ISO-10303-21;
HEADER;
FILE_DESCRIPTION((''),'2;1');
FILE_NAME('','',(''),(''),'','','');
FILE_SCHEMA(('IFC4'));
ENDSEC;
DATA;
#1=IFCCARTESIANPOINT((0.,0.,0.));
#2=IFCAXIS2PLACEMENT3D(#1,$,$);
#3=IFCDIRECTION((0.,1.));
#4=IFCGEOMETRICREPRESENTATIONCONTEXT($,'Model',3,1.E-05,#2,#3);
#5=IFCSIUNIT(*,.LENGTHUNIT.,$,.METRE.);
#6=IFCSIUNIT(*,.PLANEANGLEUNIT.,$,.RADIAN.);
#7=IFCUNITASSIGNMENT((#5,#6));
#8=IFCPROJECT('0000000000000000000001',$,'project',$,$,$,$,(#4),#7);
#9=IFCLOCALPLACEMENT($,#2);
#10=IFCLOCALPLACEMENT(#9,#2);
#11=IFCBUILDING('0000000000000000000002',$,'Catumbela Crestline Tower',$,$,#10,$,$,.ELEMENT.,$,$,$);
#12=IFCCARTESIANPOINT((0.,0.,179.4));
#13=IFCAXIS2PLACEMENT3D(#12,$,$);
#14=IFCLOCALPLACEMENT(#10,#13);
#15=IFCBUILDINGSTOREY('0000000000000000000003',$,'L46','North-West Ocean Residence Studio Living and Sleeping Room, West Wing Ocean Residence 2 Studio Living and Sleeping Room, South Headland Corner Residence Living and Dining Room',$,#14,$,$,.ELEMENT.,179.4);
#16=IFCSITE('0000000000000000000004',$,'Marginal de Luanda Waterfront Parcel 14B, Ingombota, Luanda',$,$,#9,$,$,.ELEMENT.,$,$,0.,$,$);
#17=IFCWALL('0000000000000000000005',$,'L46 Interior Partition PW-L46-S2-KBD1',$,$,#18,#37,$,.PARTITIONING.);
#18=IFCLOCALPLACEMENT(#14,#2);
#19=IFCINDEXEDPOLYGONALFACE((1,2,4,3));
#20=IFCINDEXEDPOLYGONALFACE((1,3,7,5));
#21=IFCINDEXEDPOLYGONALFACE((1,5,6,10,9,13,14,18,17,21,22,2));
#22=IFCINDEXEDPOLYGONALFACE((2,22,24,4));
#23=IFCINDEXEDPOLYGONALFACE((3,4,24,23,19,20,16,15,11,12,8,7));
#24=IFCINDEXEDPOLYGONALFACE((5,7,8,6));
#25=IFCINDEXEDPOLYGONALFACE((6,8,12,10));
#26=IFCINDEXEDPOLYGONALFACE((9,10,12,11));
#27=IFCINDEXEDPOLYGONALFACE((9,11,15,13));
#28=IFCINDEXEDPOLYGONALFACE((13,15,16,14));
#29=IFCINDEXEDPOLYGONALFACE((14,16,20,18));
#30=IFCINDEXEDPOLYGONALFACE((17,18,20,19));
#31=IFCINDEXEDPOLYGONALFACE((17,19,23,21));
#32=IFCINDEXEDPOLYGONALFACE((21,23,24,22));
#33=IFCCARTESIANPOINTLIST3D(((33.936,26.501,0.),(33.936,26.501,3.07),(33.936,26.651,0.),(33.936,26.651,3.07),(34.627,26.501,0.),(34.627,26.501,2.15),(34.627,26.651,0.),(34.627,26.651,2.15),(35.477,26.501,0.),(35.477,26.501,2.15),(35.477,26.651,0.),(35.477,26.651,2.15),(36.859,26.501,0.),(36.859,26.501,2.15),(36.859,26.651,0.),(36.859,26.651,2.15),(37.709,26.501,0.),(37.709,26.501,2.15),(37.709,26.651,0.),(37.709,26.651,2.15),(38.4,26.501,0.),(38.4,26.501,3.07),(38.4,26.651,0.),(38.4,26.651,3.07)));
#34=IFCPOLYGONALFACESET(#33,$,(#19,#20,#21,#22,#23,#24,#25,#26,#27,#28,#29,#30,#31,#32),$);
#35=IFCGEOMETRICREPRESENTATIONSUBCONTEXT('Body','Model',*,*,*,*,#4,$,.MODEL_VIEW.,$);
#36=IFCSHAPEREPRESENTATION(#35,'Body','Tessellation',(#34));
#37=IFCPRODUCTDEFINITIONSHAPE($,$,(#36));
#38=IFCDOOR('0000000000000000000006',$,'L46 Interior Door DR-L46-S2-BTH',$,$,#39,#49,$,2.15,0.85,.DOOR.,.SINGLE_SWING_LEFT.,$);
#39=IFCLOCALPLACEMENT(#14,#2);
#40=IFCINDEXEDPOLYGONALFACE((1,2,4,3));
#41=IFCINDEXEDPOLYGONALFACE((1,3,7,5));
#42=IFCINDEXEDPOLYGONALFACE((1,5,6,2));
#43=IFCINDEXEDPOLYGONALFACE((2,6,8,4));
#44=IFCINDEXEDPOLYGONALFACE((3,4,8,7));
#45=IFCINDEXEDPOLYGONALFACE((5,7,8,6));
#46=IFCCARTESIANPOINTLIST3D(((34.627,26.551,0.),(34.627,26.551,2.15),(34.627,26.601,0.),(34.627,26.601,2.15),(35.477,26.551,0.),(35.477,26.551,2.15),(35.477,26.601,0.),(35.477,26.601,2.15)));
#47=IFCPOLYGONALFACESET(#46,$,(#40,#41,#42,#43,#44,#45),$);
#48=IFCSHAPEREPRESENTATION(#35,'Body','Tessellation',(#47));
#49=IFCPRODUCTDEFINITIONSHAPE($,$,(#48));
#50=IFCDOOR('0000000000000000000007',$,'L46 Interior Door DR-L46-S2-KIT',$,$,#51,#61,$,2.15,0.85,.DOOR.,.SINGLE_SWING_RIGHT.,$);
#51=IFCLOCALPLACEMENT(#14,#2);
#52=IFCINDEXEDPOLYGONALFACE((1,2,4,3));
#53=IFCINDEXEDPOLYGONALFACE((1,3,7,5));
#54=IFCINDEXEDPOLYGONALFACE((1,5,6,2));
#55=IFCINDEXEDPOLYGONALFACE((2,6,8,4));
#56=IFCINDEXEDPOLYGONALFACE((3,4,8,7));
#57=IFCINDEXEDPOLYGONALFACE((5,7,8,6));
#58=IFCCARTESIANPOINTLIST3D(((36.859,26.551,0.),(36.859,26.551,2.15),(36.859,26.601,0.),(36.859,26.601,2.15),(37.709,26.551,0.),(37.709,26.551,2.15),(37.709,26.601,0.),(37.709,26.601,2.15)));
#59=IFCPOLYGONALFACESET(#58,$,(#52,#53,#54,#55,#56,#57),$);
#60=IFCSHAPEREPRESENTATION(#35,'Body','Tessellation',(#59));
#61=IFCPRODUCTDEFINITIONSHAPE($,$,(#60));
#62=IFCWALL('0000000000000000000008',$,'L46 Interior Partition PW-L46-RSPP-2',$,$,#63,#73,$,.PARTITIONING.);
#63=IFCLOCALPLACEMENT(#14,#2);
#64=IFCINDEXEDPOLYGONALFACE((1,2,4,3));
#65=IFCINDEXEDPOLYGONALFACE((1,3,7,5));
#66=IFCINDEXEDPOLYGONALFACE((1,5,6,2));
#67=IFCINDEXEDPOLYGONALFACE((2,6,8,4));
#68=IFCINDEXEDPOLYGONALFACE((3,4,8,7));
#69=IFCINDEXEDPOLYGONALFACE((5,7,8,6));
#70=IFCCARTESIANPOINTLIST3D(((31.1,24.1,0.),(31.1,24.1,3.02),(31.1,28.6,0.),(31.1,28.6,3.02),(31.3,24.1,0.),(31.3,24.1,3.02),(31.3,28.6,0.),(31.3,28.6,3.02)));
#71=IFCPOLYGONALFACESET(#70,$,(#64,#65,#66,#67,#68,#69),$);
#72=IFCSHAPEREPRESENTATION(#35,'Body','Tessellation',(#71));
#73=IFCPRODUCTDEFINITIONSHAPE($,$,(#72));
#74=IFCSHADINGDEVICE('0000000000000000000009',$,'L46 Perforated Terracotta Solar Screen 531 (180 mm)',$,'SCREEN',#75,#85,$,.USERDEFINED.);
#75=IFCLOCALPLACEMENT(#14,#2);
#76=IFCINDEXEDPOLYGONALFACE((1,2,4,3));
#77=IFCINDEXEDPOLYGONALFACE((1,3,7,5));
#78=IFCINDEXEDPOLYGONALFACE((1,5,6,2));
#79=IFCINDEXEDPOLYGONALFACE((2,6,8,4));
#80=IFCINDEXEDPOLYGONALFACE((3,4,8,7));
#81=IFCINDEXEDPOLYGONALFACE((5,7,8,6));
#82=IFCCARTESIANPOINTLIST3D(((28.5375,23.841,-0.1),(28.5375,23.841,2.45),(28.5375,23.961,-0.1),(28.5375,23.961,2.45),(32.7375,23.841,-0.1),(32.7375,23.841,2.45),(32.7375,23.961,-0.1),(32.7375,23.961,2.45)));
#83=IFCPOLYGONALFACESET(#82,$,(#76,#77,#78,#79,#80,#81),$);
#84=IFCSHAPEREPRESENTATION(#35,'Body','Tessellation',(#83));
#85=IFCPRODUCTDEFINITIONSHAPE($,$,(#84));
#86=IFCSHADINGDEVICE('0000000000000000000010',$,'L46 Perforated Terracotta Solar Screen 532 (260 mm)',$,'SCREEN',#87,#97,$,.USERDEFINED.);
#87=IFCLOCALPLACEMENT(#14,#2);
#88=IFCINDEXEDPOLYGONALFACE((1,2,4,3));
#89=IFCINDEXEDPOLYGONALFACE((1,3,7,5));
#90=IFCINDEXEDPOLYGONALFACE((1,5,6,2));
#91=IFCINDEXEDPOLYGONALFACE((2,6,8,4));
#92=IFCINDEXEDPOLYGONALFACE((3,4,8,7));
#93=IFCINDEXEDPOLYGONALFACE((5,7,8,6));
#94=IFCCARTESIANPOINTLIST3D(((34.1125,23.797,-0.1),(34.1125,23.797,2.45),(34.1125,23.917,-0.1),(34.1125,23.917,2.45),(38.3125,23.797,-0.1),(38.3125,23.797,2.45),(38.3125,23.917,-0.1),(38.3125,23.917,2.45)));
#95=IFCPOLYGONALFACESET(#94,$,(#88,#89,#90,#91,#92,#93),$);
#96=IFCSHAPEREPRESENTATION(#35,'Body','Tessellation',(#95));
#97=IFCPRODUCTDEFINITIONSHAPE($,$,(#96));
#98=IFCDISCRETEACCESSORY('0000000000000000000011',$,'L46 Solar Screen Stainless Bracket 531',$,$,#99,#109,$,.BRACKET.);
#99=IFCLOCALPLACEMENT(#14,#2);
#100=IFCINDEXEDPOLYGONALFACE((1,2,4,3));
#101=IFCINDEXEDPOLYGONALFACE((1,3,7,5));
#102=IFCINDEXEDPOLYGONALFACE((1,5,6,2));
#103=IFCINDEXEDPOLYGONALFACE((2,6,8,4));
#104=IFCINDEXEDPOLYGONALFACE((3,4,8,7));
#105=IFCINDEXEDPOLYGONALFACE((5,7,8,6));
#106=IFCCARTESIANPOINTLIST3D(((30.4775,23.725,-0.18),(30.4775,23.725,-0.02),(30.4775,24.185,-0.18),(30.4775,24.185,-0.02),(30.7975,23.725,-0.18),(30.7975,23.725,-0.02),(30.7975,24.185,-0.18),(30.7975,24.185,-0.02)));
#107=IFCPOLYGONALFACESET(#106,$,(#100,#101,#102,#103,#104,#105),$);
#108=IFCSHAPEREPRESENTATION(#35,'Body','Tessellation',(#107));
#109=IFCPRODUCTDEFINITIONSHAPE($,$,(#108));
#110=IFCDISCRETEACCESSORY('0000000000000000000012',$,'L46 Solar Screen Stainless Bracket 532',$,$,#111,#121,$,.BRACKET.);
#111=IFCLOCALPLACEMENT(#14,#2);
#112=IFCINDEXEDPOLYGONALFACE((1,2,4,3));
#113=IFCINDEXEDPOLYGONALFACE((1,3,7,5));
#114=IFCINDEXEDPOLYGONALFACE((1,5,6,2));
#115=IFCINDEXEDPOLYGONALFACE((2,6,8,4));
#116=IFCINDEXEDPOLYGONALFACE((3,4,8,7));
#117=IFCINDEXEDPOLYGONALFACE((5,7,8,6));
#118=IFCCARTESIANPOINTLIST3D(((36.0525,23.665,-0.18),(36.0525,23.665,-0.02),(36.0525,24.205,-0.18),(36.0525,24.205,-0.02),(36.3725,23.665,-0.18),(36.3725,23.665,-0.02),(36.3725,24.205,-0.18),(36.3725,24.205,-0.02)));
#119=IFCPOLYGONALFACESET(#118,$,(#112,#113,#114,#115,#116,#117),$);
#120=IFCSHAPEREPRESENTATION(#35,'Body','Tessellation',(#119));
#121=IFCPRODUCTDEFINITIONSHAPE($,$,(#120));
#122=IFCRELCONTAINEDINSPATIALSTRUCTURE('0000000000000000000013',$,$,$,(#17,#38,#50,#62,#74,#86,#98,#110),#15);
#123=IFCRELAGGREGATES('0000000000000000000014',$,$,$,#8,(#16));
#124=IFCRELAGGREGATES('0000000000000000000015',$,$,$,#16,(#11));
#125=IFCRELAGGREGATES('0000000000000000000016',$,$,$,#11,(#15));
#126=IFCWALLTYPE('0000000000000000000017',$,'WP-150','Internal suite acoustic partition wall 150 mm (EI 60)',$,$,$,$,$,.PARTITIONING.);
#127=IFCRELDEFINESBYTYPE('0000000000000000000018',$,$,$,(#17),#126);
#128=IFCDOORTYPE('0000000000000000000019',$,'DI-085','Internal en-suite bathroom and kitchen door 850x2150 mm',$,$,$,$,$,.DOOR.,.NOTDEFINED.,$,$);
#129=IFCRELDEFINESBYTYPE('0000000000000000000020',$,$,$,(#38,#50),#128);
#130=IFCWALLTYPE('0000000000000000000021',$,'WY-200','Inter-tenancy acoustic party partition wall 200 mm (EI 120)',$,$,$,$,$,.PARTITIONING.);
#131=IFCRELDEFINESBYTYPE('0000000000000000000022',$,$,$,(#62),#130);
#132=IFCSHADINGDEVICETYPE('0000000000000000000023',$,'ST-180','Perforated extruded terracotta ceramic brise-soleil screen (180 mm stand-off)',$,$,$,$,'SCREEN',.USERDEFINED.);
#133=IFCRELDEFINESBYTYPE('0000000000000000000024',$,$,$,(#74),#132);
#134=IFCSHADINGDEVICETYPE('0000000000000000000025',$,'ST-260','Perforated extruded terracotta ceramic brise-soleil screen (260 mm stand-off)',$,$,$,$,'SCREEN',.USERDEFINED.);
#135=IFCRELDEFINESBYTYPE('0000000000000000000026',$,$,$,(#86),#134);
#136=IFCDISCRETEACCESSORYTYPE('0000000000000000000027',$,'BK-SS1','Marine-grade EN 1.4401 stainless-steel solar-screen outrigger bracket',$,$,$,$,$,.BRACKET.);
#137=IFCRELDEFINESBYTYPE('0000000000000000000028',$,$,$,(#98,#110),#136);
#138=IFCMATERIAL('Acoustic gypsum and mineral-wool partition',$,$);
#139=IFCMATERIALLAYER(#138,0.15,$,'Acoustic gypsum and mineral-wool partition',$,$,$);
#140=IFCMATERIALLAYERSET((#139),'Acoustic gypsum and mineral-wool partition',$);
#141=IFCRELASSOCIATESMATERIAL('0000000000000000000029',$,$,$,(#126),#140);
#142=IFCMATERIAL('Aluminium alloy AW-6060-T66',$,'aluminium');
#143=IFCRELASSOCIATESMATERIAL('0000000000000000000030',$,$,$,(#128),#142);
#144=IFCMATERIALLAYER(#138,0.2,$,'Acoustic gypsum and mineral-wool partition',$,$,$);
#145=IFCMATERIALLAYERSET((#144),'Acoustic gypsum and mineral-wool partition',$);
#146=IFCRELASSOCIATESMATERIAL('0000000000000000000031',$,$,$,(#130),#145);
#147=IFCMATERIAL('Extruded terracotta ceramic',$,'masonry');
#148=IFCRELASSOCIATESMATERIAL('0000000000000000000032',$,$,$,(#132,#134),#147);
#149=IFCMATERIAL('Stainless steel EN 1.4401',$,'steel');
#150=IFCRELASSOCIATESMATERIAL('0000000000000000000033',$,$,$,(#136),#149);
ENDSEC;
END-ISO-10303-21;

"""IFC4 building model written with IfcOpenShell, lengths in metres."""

from ifc_helpers import new_model, si_unit, direction, frame, frame_2d, origin, origin_2d, place, context, subcontext, project, spatial, rectangle, extrude, material, layer, layer_set, type_object, element, fill, save


model = new_model("IFC4")

# Units and contexts
model_context = context("Model", 3, precision=1e-05, world=origin(), true_north=direction((0.0, 1.0)))
body_context = subcontext(model_context, "Body", "Model", "MODEL_VIEW")
ifc_project = project(units=[si_unit("LENGTHUNIT", "METRE"), si_unit("PLANEANGLEUNIT", "RADIAN")], contexts=[model_context])

# Site, building, storey
site_placement = place(None, origin())
site = spatial("IfcSite", under=ifc_project, at=site_placement, Name="Marginal de Luanda Waterfront Parcel 14B, Ingombota, Luanda", CompositionType="ELEMENT", RefElevation=0.0)
building_placement = place(site_placement, origin())
building = spatial("IfcBuilding", under=site, at=building_placement, Name="Catumbela Crestline Tower", CompositionType="ELEMENT")
storey_placement = place(building_placement, frame((0.0, 0.0, 179.4)))
storey = spatial("IfcBuildingStorey", under=building, at=storey_placement, Name="L46", Description="North-West Ocean Residence Studio Living and Sleeping Room, West Wing Ocean Residence 2 Studio Living and Sleeping Room, South Headland Corner Residence Living and Dining Room", CompositionType="ELEMENT", Elevation=179.4)

# Shared definitions
ifc_material_1 = material(Name="Aluminium alloy AW-6060-T66", Category="aluminium")

# Shared definitions
ifc_material_2 = material(Name="Acoustic gypsum and mineral-wool partition")
ifc_layer_1 = layer(ifc_material_2, 0.15, Name="Acoustic gypsum and mineral-wool partition")
ifc_layer_set_1 = layer_set([ifc_layer_1], Name="Acoustic gypsum and mineral-wool partition")
wall_type_1 = type_object("IfcWallType", Name="WP-150", Description="Internal suite acoustic partition wall 150 mm (EI 60)", PredefinedType="PARTITIONING", material=ifc_layer_set_1)

# Wall, openings, doors
wall_1_placement = place(storey_placement, frame((33.936, 26.576, 0.0), z_axis=(0.0, 0.0, 1.0), x_axis=(1.0, 0.0, 0.0)))
wall_1 = element("IfcWall", 1, at=wall_1_placement, inside=storey, type_object=wall_type_1, Name="L46 Interior Partition PW-L46-S2-KBD1", PredefinedType="PARTITIONING", context=body_context, shape_type="SweptSolid", body=[
    extrude(rectangle(XDim=4.464, YDim=0.15, at=frame_2d((2.232, 0.0))), origin(), (0.0, 0.0, 1.0), 3.07),
])
opening_1_placement = place(wall_1_placement, frame((0.691, 0.0, 0.0)))
opening_1 = element("IfcOpeningElement", 2, at=opening_1_placement, cuts=wall_1, PredefinedType="OPENING", context=body_context, shape_type="SweptSolid", body=[
    extrude(rectangle(XDim=0.85, YDim=2.15, at=frame_2d((0.425, 1.075))), frame((0.0, 0.085, 0.0), z_axis=(0.0, -1.0, 0.0), x_axis=(1.0, 0.0, 0.0)), (0.0, 0.0, 1.0), 0.17),
])
opening_2_placement = place(wall_1_placement, frame((2.923, 0.0, 0.0)))
opening_2 = element("IfcOpeningElement", 3, at=opening_2_placement, cuts=wall_1, PredefinedType="OPENING", context=body_context, shape_type="SweptSolid", body=[
    extrude(rectangle(XDim=0.85, YDim=2.15, at=frame_2d((0.425, 1.075))), frame((0.0, 0.085, 0.0), z_axis=(0.0, -1.0, 0.0), x_axis=(1.0, 0.0, 0.0)), (0.0, 0.0, 1.0), 0.17),
])
door_type = type_object("IfcDoorType", Name="DI-085", Description="Internal en-suite bathroom and kitchen door 850x2150 mm", OperationType="NOTDEFINED", PredefinedType="DOOR", material=ifc_material_1)
door_1_placement = place(opening_1_placement, origin())
door_1 = element("IfcDoor", 4, at=door_1_placement, inside=storey, type_object=door_type, Name="L46 Interior Door DR-L46-S2-BTH", OperationType="SINGLE_SWING_LEFT", OverallHeight=2.15, OverallWidth=0.85, PredefinedType="DOOR", context=body_context, shape_type="SweptSolid", body=[
    extrude(rectangle(XDim=0.85, YDim=2.15, at=frame_2d((0.425, 1.075))), frame((0.0, 0.025, 0.0), z_axis=(0.0, -1.0, 0.0), x_axis=(1.0, 0.0, 0.0)), (0.0, 0.0, 1.0), 0.05),
])
fill(opening_1, door_1)
door_2_placement = place(opening_2_placement, origin())
door_2 = element("IfcDoor", 5, at=door_2_placement, inside=storey, type_object=door_type, Name="L46 Interior Door DR-L46-S2-KIT", OperationType="SINGLE_SWING_RIGHT", OverallHeight=2.15, OverallWidth=0.85, PredefinedType="DOOR", context=body_context, shape_type="SweptSolid", body=[
    extrude(rectangle(XDim=0.85, YDim=2.15, at=frame_2d((0.425, 1.075))), frame((0.0, 0.025, 0.0), z_axis=(0.0, -1.0, 0.0), x_axis=(1.0, 0.0, 0.0)), (0.0, 0.0, 1.0), 0.05),
])
fill(opening_2, door_2)

# Wall
ifc_layer_2 = layer(ifc_material_2, 0.2, Name="Acoustic gypsum and mineral-wool partition")
ifc_layer_set_2 = layer_set([ifc_layer_2], Name="Acoustic gypsum and mineral-wool partition")
wall_type_2 = type_object("IfcWallType", Name="WY-200", Description="Inter-tenancy acoustic party partition wall 200 mm (EI 120)", PredefinedType="PARTITIONING", material=ifc_layer_set_2)
wall_2_placement = place(storey_placement, frame((31.2, 24.1, 0.0), z_axis=(0.0, 0.0, 1.0), x_axis=(0.0, 1.0, 0.0)))
element("IfcWall", 6, at=wall_2_placement, inside=storey, type_object=wall_type_2, Name="L46 Interior Partition PW-L46-RSPP-2", PredefinedType="PARTITIONING", context=body_context, shape_type="SweptSolid", body=[
    extrude(rectangle(XDim=4.5, YDim=0.2, at=frame_2d((2.25, 0.0))), origin(), (0.0, 0.0, 1.0), 3.02),
])

# Shading devices
ifc_material_3 = material(Name="Extruded terracotta ceramic", Category="masonry")
shading_device_type_1 = type_object("IfcShadingDeviceType", Name="ST-180", Description="Perforated extruded terracotta ceramic brise-soleil screen (180 mm stand-off)", ElementType="SCREEN", PredefinedType="USERDEFINED", material=ifc_material_3)
shading_device_1_placement = place(storey_placement, frame((30.6375, 23.901, -0.1), z_axis=(0.0, 0.0, 1.0), x_axis=(1.0, 0.0, 0.0)))
element("IfcShadingDevice", 7, at=shading_device_1_placement, inside=storey, type_object=shading_device_type_1, Name="L46 Perforated Terracotta Solar Screen 531 (180 mm)", ObjectType="SCREEN", PredefinedType="USERDEFINED", context=body_context, shape_type="SweptSolid", body=[
    extrude(rectangle(XDim=4.2, YDim=0.12, at=origin_2d()), origin(), (0.0, 0.0, 1.0), 2.55),
])
shading_device_type_2 = type_object("IfcShadingDeviceType", Name="ST-260", Description="Perforated extruded terracotta ceramic brise-soleil screen (260 mm stand-off)", ElementType="SCREEN", PredefinedType="USERDEFINED", material=ifc_material_3)
shading_device_2_placement = place(storey_placement, frame((36.2125, 23.857, -0.1), z_axis=(0.0, 0.0, 1.0), x_axis=(1.0, 0.0, 0.0)))
element("IfcShadingDevice", 8, at=shading_device_2_placement, inside=storey, type_object=shading_device_type_2, Name="L46 Perforated Terracotta Solar Screen 532 (260 mm)", ObjectType="SCREEN", PredefinedType="USERDEFINED", context=body_context, shape_type="SweptSolid", body=[
    extrude(rectangle(XDim=4.2, YDim=0.12, at=origin_2d()), origin(), (0.0, 0.0, 1.0), 2.55),
])

# Discrete accessories
ifc_material_4 = material(Name="Stainless steel EN 1.4401", Category="steel")
discrete_accessory_type = type_object("IfcDiscreteAccessoryType", Name="BK-SS1", Description="Marine-grade EN 1.4401 stainless-steel solar-screen outrigger bracket", PredefinedType="BRACKET", material=ifc_material_4)
discrete_accessory_1_placement = place(storey_placement, frame((30.6375, 23.955, -0.18), z_axis=(0.0, 0.0, 1.0), x_axis=(1.0, 0.0, 0.0)))
element("IfcDiscreteAccessory", 9, at=discrete_accessory_1_placement, inside=storey, type_object=discrete_accessory_type, Name="L46 Solar Screen Stainless Bracket 531", PredefinedType="BRACKET", context=body_context, shape_type="SweptSolid", body=[
    extrude(rectangle(XDim=0.32, YDim=0.46, at=origin_2d()), origin(), (0.0, 0.0, 1.0), 0.16),
])
discrete_accessory_2_placement = place(storey_placement, frame((36.2125, 23.935, -0.18), z_axis=(0.0, 0.0, 1.0), x_axis=(1.0, 0.0, 0.0)))
element("IfcDiscreteAccessory", 10, at=discrete_accessory_2_placement, inside=storey, type_object=discrete_accessory_type, Name="L46 Solar Screen Stainless Bracket 532", PredefinedType="BRACKET", context=body_context, shape_type="SweptSolid", body=[
    extrude(rectangle(XDim=0.32, YDim=0.54, at=origin_2d()), origin(), (0.0, 0.0, 1.0), 0.16),
])

save(model, "model.ifc")
